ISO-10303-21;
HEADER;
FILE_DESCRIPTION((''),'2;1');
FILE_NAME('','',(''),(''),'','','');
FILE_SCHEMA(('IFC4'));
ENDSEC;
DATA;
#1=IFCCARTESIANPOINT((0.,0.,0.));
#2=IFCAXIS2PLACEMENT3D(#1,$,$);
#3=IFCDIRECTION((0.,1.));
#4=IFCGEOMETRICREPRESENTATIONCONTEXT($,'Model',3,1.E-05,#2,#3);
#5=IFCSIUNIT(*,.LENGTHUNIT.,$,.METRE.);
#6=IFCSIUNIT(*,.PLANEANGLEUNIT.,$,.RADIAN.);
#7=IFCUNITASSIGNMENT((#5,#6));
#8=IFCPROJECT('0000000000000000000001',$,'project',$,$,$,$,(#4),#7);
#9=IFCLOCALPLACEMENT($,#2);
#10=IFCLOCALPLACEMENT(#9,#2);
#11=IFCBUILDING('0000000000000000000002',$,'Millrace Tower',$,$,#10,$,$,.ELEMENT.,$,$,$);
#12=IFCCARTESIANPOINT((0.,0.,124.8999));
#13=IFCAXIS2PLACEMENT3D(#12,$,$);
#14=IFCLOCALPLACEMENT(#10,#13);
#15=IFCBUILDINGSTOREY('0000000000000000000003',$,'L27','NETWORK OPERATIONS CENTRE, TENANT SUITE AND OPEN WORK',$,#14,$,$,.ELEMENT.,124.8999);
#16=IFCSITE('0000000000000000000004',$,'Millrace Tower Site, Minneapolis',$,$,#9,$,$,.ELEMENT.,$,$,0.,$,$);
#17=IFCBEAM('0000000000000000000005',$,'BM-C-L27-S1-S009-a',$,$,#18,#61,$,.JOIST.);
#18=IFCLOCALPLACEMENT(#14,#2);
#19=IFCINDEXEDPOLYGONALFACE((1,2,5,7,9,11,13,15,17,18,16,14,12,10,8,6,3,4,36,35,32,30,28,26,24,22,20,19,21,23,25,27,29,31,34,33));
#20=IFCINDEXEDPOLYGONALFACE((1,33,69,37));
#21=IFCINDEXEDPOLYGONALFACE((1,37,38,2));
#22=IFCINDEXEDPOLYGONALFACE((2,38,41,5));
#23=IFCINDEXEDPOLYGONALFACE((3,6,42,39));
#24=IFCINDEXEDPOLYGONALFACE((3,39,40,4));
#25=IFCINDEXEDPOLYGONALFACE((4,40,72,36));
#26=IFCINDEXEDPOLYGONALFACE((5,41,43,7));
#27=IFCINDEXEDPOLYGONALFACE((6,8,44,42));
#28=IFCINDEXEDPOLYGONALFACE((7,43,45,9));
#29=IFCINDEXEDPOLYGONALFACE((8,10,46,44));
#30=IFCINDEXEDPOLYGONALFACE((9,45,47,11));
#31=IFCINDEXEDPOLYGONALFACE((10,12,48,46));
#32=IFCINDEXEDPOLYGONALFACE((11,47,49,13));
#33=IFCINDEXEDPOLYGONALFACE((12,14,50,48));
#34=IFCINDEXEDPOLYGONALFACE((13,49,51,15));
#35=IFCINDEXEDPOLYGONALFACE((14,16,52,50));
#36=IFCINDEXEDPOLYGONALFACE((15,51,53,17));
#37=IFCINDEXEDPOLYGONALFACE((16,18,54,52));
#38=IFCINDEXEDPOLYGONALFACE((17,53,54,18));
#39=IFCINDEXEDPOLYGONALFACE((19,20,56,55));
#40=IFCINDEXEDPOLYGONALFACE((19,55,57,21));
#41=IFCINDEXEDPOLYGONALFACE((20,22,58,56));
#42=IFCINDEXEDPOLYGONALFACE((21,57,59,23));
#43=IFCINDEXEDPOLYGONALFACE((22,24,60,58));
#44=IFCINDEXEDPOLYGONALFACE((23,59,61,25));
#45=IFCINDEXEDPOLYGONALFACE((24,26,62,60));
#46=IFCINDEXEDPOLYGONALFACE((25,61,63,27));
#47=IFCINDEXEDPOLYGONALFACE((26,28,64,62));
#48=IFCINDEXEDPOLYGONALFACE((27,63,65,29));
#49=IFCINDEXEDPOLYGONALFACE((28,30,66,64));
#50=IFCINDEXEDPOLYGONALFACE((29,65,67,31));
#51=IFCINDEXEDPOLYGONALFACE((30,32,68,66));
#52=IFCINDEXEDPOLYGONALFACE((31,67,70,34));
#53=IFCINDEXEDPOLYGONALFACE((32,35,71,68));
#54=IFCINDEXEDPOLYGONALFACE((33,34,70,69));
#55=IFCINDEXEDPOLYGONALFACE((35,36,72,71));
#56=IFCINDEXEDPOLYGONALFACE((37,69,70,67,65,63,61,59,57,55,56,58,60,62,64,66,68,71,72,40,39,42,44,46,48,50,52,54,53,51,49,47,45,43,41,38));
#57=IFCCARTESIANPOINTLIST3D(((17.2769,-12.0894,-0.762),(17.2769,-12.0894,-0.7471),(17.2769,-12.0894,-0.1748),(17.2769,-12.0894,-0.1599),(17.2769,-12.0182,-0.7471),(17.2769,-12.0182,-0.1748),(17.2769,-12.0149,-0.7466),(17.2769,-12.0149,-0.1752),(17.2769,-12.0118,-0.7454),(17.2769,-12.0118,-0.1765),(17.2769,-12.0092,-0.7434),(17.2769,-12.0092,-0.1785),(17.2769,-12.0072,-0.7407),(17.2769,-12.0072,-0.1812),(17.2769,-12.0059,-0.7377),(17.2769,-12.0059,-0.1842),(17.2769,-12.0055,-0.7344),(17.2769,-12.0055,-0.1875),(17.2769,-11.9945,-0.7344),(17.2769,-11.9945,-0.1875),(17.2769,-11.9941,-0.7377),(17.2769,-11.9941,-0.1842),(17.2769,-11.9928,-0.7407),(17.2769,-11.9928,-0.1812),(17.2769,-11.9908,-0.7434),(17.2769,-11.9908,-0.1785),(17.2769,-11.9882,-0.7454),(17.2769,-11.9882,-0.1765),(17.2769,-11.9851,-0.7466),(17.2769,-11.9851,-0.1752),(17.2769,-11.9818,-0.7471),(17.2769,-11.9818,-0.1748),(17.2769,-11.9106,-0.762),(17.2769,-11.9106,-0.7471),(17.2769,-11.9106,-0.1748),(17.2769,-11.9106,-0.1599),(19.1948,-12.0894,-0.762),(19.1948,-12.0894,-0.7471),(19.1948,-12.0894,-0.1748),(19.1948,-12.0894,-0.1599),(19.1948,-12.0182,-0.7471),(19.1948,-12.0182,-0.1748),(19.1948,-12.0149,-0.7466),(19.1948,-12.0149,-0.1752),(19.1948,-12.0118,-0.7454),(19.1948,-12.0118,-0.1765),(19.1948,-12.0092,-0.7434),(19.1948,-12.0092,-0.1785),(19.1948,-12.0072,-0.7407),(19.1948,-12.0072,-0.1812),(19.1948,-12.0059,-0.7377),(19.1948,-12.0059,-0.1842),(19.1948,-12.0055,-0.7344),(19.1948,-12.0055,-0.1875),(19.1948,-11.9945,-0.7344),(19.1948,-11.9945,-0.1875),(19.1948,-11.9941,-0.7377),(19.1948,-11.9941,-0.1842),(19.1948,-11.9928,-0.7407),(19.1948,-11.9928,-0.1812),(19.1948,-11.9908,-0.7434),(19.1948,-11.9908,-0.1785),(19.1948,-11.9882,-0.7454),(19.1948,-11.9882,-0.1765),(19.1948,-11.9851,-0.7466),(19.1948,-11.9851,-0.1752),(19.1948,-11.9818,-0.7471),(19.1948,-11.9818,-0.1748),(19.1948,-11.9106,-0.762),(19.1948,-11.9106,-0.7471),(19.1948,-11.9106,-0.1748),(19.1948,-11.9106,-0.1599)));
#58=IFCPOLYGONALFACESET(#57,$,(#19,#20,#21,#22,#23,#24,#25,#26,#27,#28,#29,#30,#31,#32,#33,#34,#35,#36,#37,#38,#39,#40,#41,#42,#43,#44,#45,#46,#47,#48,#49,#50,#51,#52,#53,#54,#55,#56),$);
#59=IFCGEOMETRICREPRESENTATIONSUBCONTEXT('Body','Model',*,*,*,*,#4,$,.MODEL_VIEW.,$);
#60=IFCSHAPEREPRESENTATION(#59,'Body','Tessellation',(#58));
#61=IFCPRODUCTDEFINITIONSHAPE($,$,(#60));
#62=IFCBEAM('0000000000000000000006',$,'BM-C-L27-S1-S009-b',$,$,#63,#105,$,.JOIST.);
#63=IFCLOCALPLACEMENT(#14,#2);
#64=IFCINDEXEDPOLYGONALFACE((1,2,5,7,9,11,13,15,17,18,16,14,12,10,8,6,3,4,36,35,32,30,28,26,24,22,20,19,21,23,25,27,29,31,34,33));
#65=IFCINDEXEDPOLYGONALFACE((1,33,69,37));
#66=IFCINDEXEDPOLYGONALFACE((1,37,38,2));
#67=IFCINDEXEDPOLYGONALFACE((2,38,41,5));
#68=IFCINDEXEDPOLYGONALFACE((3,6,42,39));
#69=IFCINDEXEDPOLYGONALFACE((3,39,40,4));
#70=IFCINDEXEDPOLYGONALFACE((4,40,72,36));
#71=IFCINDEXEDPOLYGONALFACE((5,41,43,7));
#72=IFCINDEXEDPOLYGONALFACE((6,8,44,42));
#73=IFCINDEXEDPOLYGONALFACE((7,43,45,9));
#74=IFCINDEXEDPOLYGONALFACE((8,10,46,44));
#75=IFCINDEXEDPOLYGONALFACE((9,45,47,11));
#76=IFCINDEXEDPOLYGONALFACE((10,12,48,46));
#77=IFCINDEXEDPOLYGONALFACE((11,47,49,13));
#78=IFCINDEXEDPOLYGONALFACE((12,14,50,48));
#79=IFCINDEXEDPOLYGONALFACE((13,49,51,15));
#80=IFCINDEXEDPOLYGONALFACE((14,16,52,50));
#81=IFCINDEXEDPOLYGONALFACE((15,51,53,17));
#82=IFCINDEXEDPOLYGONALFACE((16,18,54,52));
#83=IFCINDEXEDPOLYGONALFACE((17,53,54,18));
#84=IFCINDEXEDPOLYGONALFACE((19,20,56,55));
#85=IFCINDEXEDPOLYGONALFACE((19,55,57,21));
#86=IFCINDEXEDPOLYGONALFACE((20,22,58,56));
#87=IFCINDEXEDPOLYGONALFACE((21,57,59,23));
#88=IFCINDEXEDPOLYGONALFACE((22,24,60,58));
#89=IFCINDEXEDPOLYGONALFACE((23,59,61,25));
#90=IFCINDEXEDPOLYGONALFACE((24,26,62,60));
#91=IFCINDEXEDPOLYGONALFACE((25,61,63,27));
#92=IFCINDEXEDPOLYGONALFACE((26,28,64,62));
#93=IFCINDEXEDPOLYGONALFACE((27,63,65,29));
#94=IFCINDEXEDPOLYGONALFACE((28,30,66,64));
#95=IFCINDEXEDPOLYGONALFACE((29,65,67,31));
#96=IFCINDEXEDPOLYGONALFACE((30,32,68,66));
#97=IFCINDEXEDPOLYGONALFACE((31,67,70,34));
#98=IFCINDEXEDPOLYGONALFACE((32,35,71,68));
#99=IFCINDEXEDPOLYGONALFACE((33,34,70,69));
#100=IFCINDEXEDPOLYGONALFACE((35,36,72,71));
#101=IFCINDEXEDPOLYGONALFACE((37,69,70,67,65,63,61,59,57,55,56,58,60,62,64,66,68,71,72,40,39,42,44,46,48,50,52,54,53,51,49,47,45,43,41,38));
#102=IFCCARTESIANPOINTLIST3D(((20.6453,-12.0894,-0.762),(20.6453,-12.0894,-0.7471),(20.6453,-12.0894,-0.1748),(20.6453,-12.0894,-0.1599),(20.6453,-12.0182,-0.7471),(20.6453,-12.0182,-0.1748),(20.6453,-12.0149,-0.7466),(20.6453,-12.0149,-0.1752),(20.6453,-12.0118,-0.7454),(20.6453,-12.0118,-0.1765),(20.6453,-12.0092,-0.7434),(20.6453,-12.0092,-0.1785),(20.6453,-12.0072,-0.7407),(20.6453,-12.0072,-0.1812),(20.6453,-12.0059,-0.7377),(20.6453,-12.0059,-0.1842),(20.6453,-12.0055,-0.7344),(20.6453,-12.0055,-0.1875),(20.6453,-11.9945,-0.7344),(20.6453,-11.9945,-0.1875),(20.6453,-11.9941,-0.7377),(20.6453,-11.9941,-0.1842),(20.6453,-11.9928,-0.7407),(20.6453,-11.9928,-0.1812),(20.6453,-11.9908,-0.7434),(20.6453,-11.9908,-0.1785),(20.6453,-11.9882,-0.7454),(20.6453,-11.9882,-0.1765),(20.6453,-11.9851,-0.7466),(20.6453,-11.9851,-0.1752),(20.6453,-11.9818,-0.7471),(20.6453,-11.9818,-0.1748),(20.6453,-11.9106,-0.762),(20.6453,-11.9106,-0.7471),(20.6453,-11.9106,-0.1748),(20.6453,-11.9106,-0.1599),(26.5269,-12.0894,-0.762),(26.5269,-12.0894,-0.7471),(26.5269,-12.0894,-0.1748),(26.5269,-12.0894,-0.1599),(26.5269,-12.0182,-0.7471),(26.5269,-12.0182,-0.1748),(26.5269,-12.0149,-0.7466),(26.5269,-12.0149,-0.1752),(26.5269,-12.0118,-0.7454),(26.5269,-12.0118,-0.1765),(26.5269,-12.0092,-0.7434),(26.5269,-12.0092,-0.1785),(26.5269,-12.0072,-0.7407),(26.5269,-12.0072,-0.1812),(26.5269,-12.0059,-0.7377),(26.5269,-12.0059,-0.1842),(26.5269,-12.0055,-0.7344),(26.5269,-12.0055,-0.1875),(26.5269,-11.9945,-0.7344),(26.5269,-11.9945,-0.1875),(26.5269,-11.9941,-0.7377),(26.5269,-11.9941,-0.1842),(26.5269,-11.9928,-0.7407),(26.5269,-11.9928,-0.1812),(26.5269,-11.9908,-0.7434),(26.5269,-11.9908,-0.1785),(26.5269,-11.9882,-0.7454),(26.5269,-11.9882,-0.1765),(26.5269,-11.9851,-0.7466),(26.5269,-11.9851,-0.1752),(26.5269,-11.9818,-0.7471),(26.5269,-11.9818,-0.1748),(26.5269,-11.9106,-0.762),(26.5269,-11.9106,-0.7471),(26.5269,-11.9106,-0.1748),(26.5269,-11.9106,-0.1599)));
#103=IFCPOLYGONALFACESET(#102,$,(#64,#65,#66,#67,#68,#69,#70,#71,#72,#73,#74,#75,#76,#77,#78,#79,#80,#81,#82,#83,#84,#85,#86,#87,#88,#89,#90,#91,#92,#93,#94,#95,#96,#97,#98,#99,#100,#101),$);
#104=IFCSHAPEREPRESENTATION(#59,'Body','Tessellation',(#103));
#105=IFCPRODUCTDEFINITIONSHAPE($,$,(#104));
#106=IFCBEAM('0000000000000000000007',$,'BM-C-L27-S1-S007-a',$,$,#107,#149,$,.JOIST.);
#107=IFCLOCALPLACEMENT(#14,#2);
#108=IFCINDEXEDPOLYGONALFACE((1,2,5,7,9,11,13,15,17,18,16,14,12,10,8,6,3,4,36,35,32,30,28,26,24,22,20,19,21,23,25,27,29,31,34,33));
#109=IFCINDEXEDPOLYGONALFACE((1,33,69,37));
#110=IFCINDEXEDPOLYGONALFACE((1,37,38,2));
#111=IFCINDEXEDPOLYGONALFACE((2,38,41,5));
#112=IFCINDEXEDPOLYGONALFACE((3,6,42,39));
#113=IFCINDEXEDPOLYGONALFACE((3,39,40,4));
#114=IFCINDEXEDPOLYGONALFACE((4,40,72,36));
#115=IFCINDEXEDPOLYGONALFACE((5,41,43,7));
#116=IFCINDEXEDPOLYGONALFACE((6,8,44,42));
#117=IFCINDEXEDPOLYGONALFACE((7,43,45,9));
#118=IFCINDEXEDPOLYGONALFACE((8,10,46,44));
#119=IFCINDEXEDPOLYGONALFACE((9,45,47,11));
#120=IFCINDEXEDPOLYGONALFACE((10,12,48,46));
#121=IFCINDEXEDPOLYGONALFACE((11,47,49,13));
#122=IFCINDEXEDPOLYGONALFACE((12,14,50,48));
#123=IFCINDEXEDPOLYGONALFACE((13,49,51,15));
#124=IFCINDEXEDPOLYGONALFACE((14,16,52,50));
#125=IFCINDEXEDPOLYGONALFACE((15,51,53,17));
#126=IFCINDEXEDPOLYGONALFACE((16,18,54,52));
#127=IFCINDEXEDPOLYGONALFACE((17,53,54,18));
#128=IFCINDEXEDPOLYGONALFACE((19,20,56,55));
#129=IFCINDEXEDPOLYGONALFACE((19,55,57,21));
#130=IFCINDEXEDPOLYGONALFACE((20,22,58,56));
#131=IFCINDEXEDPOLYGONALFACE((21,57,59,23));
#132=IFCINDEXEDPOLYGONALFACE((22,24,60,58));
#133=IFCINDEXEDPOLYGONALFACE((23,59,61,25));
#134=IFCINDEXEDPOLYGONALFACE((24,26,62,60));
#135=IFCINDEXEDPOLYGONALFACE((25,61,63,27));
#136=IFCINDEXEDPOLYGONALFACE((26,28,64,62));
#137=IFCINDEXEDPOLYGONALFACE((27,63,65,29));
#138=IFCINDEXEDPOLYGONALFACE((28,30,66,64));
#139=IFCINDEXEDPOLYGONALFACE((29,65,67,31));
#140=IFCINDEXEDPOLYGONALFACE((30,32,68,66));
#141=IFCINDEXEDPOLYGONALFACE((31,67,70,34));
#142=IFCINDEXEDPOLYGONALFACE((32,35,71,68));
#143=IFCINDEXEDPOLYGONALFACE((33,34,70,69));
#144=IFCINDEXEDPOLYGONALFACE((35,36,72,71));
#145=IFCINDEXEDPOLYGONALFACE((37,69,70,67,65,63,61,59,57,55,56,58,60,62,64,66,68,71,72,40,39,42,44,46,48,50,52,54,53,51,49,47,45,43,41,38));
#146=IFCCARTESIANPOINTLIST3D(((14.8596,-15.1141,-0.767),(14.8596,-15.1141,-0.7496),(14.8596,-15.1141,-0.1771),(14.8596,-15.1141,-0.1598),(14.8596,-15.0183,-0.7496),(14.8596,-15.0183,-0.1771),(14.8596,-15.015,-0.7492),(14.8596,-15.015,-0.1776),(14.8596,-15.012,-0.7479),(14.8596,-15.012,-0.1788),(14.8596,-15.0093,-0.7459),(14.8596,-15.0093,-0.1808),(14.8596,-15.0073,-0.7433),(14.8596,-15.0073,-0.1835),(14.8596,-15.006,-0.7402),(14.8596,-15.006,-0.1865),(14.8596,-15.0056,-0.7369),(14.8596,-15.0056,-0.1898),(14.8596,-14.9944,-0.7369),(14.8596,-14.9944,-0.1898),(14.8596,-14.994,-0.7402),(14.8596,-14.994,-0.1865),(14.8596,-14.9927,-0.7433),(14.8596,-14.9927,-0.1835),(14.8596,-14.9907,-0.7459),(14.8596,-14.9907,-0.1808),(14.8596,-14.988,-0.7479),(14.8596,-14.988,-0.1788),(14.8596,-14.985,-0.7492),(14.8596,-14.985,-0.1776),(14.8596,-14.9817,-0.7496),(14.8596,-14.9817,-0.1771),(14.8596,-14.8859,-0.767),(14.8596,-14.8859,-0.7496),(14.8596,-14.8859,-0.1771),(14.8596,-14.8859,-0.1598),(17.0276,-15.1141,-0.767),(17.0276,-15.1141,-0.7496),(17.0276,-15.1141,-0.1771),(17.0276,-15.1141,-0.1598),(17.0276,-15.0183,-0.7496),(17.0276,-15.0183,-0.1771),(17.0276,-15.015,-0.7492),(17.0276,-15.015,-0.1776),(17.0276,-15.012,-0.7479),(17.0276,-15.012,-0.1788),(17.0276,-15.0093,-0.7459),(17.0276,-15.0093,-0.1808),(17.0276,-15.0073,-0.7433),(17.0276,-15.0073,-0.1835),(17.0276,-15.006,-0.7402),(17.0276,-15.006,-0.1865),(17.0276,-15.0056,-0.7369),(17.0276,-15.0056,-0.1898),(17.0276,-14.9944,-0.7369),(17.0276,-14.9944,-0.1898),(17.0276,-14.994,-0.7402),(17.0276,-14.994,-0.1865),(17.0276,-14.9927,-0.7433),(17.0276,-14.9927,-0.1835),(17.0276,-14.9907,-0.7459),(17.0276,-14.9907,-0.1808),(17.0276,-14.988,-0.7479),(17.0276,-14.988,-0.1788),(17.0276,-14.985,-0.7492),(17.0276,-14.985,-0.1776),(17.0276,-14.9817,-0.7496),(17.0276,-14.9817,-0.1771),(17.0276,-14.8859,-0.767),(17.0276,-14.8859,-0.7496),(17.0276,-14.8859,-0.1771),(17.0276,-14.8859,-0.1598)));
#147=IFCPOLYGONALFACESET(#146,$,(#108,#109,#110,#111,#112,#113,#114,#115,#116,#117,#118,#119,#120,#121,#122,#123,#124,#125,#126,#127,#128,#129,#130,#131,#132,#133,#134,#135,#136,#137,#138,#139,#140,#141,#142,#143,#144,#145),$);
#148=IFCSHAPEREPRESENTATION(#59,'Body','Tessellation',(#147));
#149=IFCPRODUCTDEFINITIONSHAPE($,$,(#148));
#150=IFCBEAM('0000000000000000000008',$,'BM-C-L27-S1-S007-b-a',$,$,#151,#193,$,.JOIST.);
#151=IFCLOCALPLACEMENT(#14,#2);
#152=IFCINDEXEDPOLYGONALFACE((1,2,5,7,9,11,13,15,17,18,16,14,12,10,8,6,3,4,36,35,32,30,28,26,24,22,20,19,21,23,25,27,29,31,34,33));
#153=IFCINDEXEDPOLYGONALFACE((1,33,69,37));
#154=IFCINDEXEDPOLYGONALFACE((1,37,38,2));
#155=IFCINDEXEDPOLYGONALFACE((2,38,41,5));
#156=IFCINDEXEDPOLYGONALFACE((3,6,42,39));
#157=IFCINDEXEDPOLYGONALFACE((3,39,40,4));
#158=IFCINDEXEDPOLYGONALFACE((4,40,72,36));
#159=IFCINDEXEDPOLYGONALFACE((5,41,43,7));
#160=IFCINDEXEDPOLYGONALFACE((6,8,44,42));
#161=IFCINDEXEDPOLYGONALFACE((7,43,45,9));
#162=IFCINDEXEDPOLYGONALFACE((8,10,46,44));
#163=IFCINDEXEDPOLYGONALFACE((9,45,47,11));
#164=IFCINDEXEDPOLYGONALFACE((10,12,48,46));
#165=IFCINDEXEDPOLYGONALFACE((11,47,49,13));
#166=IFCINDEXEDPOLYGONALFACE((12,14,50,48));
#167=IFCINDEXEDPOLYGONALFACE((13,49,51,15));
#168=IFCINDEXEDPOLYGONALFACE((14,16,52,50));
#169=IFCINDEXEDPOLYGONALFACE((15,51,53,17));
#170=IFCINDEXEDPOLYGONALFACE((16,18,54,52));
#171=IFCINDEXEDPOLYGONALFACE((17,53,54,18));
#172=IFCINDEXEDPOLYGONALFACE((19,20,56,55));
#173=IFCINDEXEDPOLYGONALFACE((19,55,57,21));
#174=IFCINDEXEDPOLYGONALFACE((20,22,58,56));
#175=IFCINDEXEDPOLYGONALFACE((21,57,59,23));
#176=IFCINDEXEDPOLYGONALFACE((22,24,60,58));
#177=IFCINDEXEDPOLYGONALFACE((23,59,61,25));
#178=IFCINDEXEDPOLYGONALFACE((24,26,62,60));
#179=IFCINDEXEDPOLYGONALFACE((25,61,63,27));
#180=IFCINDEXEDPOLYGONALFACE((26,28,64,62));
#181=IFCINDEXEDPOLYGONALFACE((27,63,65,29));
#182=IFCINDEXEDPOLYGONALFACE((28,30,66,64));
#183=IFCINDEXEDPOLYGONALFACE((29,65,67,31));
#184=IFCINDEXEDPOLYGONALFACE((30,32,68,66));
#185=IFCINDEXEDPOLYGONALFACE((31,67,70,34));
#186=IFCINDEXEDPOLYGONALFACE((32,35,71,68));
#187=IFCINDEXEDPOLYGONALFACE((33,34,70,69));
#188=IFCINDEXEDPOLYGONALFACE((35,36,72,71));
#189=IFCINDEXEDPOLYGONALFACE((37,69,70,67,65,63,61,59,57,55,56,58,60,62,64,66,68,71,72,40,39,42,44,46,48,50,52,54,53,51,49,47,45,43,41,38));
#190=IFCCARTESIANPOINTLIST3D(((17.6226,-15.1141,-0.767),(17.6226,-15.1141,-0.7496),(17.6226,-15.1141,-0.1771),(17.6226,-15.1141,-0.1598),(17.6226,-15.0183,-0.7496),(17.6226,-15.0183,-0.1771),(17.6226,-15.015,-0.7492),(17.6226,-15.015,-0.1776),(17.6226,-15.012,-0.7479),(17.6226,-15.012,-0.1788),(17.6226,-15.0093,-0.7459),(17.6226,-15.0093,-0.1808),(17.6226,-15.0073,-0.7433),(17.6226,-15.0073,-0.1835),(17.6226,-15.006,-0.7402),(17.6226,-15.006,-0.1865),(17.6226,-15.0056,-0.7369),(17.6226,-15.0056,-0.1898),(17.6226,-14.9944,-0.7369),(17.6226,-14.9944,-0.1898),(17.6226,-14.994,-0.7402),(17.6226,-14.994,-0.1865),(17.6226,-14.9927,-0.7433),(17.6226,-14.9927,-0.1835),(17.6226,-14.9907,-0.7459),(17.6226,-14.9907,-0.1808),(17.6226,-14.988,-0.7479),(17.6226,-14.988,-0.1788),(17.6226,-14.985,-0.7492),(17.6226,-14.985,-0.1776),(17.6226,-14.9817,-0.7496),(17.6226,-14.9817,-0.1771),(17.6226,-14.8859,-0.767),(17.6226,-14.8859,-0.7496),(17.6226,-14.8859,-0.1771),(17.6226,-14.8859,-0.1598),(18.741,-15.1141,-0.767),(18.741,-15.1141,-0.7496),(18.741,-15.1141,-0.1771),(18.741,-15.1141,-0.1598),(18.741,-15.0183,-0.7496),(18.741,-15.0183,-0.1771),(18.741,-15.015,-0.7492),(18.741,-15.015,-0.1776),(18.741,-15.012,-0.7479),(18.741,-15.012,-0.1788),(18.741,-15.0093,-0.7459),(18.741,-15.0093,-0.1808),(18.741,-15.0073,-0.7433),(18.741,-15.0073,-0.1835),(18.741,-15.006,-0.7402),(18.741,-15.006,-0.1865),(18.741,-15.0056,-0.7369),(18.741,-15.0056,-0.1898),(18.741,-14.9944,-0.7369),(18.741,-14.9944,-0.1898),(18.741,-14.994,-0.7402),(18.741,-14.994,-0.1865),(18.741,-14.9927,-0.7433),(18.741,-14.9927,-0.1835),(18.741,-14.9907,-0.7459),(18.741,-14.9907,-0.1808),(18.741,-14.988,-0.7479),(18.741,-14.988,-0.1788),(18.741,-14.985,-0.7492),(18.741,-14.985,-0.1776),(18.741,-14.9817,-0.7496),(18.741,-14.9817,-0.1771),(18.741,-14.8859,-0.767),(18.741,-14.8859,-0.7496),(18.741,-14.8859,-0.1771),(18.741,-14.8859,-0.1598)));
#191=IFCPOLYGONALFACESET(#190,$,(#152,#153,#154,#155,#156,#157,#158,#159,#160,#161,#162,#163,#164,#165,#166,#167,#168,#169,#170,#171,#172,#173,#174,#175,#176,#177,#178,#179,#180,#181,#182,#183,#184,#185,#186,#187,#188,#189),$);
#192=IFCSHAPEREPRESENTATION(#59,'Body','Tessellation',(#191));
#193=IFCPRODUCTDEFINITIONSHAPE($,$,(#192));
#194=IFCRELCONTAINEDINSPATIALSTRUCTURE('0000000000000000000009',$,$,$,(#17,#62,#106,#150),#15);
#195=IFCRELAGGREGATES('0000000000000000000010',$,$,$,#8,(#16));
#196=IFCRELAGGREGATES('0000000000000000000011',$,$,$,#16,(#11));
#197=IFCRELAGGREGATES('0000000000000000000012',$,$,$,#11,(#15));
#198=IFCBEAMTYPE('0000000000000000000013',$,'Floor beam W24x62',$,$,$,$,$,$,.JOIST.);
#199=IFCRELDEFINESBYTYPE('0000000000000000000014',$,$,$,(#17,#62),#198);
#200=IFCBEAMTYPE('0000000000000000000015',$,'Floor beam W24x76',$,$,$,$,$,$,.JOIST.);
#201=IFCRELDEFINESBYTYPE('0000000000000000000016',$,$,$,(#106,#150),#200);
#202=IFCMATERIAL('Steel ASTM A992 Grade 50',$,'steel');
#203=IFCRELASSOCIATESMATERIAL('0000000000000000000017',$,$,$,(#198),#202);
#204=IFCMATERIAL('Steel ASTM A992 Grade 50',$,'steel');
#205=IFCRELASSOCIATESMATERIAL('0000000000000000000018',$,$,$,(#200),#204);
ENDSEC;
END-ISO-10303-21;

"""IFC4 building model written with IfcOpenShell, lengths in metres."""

from ifc_helpers import new_model, si_unit, direction, frame, origin, origin_2d, place, context, subcontext, project, spatial, i_section, extrude, material, material_profile, profile_set, type_object, element, save


model = new_model("IFC4")

# Units and contexts
model_context = context("Model", 3, precision=1e-05, world=origin(), true_north=direction((0.0, 1.0)))
body_context = subcontext(model_context, "Body", "Model", "MODEL_VIEW")
ifc_project = project(units=[si_unit("LENGTHUNIT", "METRE"), si_unit("PLANEANGLEUNIT", "RADIAN")], contexts=[model_context])

# Site, building, storey
site_placement = place(None, origin())
site = spatial("IfcSite", under=ifc_project, at=site_placement, Name="Millrace Tower Site, Minneapolis", CompositionType="ELEMENT", RefElevation=0.0)
building_placement = place(site_placement, origin())
building = spatial("IfcBuilding", under=site, at=building_placement, Name="Millrace Tower", CompositionType="ELEMENT")
storey_placement = place(building_placement, frame((0.0, 0.0, 124.8999)))
storey = spatial("IfcBuildingStorey", under=building, at=storey_placement, Name="L27", Description="NETWORK OPERATIONS CENTRE, TENANT SUITE AND OPEN WORK", CompositionType="ELEMENT", Elevation=124.8999)

# Beams
ifc_material_1 = material(Name="Steel ASTM A992 Grade 50", Category="steel")
ifc_material_profile_1 = material_profile(ifc_material_1, i_section(OverallWidth=0.1787, OverallDepth=0.6021, WebThickness=0.011, FlangeThickness=0.0149, FilletRadius=0.0127, at=origin_2d()))
ifc_profile_set_1 = profile_set([ifc_material_profile_1], Name="Steel ASTM A992 Grade 50")
beam_type_1 = type_object("IfcBeamType", Name="Floor beam W24x62", PredefinedType="JOIST", material=ifc_profile_set_1)
beam_1_placement = place(storey_placement, frame((17.2769, -12.0, -0.4609), z_axis=(1.0, 0.0, 0.0), x_axis=(0.0, 1.0, 0.0)))
element("IfcBeam", 1, at=beam_1_placement, inside=storey, type_object=beam_type_1, Name="BM-C-L27-S1-S009-a", PredefinedType="JOIST", context=body_context, shape_type="SweptSolid", body=[
    extrude(i_section(OverallWidth=0.1787, OverallDepth=0.6021, WebThickness=0.011, FlangeThickness=0.0149, FilletRadius=0.0127, at=origin_2d()), origin(), (0.0, 0.0, 1.0), 1.918),
])
beam_2_placement = place(storey_placement, frame((20.6453, -12.0, -0.4609), z_axis=(1.0, 0.0, 0.0), x_axis=(0.0, 1.0, 0.0)))
element("IfcBeam", 2, at=beam_2_placement, inside=storey, type_object=beam_type_1, Name="BM-C-L27-S1-S009-b", PredefinedType="JOIST", context=body_context, shape_type="SweptSolid", body=[
    extrude(i_section(OverallWidth=0.1787, OverallDepth=0.6021, WebThickness=0.011, FlangeThickness=0.0149, FilletRadius=0.0127, at=origin_2d()), origin(), (0.0, 0.0, 1.0), 5.8816),
])
ifc_material_2 = material(Name="Steel ASTM A992 Grade 50", Category="steel")
ifc_material_profile_2 = material_profile(ifc_material_2, i_section(OverallWidth=0.2283, OverallDepth=0.6072, WebThickness=0.0112, FlangeThickness=0.0173, FilletRadius=0.0127, at=origin_2d()))
ifc_profile_set_2 = profile_set([ifc_material_profile_2], Name="Steel ASTM A992 Grade 50")
beam_type_2 = type_object("IfcBeamType", Name="Floor beam W24x76", PredefinedType="JOIST", material=ifc_profile_set_2)
beam_3_placement = place(storey_placement, frame((14.8596, -15.0, -0.4634), z_axis=(1.0, 0.0, 0.0), x_axis=(0.0, 1.0, 0.0)))
element("IfcBeam", 3, at=beam_3_placement, inside=storey, type_object=beam_type_2, Name="BM-C-L27-S1-S007-a", PredefinedType="JOIST", context=body_context, shape_type="SweptSolid", body=[
    extrude(i_section(OverallWidth=0.2283, OverallDepth=0.6072, WebThickness=0.0112, FlangeThickness=0.0173, FilletRadius=0.0127, at=origin_2d()), origin(), (0.0, 0.0, 1.0), 2.168),
])
beam_4_placement = place(storey_placement, frame((17.6226, -15.0, -0.4634), z_axis=(1.0, 0.0, 0.0), x_axis=(0.0, 1.0, 0.0)))
element("IfcBeam", 4, at=beam_4_placement, inside=storey, type_object=beam_type_2, Name="BM-C-L27-S1-S007-b-a", PredefinedType="JOIST", context=body_context, shape_type="SweptSolid", body=[
    extrude(i_section(OverallWidth=0.2283, OverallDepth=0.6072, WebThickness=0.0112, FlangeThickness=0.0173, FilletRadius=0.0127, at=origin_2d()), origin(), (0.0, 0.0, 1.0), 1.1184),
])

save(model, "model.ifc")
